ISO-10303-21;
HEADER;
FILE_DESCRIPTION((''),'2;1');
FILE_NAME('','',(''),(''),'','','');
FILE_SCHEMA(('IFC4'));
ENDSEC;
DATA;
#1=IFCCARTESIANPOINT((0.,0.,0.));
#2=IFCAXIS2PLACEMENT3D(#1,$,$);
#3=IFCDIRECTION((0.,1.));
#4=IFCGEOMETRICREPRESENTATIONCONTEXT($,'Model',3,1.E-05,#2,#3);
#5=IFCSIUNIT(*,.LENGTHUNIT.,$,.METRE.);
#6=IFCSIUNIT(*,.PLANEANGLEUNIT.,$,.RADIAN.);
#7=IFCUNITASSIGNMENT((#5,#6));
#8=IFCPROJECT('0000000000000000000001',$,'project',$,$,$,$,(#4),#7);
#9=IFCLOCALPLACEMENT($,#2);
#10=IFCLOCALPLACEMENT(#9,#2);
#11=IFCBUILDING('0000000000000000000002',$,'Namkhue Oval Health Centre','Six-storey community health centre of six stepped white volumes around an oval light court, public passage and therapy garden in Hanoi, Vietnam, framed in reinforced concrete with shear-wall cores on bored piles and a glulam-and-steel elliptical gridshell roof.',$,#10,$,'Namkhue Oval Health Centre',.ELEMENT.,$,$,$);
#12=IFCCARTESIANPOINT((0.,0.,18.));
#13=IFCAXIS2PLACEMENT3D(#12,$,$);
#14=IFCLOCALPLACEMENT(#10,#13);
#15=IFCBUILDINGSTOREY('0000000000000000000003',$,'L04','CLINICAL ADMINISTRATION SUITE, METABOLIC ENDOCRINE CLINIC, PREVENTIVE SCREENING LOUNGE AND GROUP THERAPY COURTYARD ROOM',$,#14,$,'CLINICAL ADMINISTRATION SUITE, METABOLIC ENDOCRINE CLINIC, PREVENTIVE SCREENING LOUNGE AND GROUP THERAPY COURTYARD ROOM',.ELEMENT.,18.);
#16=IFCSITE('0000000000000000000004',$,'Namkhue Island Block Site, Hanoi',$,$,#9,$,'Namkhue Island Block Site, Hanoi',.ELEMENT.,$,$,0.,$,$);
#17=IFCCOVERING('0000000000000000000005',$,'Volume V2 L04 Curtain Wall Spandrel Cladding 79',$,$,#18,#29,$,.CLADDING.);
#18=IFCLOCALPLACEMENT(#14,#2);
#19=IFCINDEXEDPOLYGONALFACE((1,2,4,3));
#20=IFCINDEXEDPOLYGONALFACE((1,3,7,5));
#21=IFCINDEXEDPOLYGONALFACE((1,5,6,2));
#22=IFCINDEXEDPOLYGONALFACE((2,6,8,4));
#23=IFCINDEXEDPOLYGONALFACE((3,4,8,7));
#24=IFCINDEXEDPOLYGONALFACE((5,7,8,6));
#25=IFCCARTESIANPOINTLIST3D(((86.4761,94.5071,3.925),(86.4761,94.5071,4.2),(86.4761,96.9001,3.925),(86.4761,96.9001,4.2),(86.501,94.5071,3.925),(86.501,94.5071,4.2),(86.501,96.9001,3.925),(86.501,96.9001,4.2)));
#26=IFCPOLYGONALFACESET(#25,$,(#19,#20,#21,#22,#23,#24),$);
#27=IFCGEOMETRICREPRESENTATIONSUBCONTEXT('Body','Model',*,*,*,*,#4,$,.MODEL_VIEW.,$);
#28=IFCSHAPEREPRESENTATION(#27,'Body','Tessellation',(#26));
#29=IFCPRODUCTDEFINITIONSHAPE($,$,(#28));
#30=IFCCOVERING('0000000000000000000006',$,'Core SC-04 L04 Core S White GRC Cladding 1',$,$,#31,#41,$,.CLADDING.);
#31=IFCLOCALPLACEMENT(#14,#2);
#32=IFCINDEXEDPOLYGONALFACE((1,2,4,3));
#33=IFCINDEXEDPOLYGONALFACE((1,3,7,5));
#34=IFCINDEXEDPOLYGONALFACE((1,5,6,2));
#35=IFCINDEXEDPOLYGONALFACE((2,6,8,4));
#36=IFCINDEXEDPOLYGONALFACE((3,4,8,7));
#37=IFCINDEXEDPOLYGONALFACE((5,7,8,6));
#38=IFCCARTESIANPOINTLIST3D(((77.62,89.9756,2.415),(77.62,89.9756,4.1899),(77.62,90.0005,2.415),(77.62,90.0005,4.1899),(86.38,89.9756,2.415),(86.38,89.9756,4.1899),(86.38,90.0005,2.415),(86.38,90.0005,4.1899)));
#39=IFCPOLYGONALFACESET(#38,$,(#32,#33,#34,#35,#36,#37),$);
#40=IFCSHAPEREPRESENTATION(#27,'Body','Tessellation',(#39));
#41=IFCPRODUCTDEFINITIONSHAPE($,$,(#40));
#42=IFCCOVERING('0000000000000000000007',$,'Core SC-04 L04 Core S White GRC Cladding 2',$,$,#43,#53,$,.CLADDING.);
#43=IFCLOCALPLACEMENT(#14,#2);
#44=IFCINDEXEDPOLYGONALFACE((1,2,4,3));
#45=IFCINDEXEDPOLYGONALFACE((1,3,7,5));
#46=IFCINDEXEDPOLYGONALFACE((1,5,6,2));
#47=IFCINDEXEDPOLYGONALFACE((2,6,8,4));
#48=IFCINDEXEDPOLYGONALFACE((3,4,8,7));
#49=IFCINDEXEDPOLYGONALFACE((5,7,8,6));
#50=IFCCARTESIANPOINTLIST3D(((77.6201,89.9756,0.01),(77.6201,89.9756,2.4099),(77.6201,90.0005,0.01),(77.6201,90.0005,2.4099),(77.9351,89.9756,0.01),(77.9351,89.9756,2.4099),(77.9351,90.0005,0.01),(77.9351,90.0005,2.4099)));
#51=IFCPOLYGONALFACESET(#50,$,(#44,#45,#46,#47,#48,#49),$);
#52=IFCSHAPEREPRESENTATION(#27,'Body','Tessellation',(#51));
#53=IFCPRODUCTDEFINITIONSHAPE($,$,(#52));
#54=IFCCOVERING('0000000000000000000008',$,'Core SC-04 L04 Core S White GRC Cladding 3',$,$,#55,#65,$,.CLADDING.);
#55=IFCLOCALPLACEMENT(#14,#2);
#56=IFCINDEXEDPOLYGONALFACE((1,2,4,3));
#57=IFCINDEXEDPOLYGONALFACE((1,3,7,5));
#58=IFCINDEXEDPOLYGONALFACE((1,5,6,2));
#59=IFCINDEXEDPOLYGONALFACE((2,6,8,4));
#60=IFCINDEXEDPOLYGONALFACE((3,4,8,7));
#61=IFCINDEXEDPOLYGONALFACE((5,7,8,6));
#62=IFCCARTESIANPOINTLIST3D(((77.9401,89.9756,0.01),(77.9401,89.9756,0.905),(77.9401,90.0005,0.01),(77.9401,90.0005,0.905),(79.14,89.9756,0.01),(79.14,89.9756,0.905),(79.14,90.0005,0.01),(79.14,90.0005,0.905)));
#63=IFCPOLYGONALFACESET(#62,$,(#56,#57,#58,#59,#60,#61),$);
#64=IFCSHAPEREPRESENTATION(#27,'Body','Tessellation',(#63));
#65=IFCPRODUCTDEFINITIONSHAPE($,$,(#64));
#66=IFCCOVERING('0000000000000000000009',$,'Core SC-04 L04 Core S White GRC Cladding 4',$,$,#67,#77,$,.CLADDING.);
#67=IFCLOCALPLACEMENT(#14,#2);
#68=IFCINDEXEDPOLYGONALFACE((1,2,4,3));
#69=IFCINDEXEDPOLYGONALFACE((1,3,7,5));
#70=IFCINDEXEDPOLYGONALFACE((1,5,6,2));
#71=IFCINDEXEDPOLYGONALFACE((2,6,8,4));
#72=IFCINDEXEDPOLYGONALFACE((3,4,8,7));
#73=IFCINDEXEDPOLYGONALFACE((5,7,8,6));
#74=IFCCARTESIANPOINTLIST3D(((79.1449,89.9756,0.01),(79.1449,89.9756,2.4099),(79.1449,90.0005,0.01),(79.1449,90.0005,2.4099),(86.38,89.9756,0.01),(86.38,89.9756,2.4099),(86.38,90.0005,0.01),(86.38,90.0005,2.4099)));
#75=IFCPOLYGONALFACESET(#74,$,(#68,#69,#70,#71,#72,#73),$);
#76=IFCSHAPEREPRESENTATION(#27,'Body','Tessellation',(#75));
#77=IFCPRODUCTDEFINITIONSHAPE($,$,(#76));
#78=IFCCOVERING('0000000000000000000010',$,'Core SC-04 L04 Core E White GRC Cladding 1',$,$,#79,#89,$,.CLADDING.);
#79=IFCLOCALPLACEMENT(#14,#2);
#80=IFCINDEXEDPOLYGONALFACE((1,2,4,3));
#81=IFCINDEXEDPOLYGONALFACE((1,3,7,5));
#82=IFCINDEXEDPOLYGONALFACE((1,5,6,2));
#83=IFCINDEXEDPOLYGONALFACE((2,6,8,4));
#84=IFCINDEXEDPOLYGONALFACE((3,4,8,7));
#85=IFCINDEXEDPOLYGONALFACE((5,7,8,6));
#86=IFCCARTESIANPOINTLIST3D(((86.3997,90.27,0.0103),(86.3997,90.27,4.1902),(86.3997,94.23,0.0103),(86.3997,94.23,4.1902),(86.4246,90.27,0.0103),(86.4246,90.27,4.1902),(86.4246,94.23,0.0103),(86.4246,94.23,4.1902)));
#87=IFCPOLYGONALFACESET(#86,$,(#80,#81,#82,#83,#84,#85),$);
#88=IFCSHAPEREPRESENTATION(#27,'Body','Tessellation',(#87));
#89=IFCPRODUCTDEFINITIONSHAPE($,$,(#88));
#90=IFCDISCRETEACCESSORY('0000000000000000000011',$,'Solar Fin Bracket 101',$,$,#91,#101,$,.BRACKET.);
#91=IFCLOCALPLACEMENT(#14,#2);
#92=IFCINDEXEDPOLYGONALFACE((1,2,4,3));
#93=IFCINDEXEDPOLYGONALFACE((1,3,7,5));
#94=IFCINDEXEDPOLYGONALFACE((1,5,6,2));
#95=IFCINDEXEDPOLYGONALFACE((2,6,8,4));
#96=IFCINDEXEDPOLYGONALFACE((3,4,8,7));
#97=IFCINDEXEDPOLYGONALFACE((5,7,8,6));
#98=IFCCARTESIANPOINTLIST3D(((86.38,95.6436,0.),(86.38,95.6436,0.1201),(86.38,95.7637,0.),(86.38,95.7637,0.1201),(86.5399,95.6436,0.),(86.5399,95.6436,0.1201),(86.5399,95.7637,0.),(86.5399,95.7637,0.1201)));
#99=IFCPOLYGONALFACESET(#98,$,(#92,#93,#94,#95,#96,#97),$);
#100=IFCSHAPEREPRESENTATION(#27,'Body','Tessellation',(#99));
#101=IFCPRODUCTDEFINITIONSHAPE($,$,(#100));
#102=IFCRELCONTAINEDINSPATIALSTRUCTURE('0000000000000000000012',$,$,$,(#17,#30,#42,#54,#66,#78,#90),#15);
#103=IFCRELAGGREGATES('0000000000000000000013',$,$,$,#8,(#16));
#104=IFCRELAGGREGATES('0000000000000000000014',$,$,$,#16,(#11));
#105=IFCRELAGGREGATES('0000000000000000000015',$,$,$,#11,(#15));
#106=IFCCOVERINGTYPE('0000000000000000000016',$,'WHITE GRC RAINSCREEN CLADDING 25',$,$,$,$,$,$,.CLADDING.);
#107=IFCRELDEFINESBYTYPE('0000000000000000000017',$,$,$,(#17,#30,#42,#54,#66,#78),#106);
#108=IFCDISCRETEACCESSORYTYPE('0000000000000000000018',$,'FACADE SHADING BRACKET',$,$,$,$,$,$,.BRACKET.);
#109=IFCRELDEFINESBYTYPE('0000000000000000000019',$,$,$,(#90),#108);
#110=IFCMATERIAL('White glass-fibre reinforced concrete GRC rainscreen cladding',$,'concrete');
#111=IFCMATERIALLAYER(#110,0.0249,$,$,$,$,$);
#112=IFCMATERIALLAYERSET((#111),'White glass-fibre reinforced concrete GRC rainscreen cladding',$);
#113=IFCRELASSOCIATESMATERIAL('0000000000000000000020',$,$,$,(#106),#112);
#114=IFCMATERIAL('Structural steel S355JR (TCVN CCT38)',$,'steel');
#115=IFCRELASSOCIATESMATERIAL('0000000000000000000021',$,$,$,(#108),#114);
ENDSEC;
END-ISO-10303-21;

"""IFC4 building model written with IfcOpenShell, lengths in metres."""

from ifc_helpers import new_model, si_unit, direction, frame, origin, origin_2d, place, context, subcontext, project, spatial, rectangle, extrude, material, layer, layer_set, type_object, element, save


model = new_model("IFC4")

# Units and contexts
model_context = context("Model", 3, precision=1e-05, world=origin(), true_north=direction((0.0, 1.0)))
body_context = subcontext(model_context, "Body", "Model", "MODEL_VIEW")
ifc_project = project(units=[si_unit("LENGTHUNIT", "METRE"), si_unit("PLANEANGLEUNIT", "RADIAN")], contexts=[model_context])

# Site, building, storey
site_placement = place(None, origin())
site = spatial("IfcSite", under=ifc_project, at=site_placement, Name="Namkhue Island Block Site, Hanoi", LongName="Namkhue Island Block Site, Hanoi", CompositionType="ELEMENT", RefElevation=0.0)
building_placement = place(site_placement, origin())
building = spatial("IfcBuilding", under=site, at=building_placement, Name="Namkhue Oval Health Centre", Description="Six-storey community health centre of six stepped white volumes around an oval light court, public passage and therapy garden in Hanoi, Vietnam, framed in reinforced concrete with shear-wall cores on bored piles and a glulam-and-steel elliptical gridshell roof.", LongName="Namkhue Oval Health Centre", CompositionType="ELEMENT")
storey_placement = place(building_placement, frame((0.0, 0.0, 18.0)))
storey = spatial("IfcBuildingStorey", under=building, at=storey_placement, Name="L04", Description="CLINICAL ADMINISTRATION SUITE, METABOLIC ENDOCRINE CLINIC, PREVENTIVE SCREENING LOUNGE AND GROUP THERAPY COURTYARD ROOM", LongName="CLINICAL ADMINISTRATION SUITE, METABOLIC ENDOCRINE CLINIC, PREVENTIVE SCREENING LOUNGE AND GROUP THERAPY COURTYARD ROOM", CompositionType="ELEMENT", Elevation=18.0)

# Coverings
ifc_material_1 = material(Name="White glass-fibre reinforced concrete GRC rainscreen cladding", Category="concrete")
ifc_layer_1 = layer(ifc_material_1, 0.0249)
ifc_layer_set_1 = layer_set([ifc_layer_1], Name="White glass-fibre reinforced concrete GRC rainscreen cladding")
covering_type = type_object("IfcCoveringType", Name="WHITE GRC RAINSCREEN CLADDING 25", PredefinedType="CLADDING", material=ifc_layer_set_1)
covering_1_placement = place(storey_placement, frame((86.4885, 95.7036, 3.925), z_axis=(0.0, 0.0, 1.0), x_axis=(0.0, 1.0, 0.0)))
element("IfcCovering", 1, at=covering_1_placement, inside=storey, type_object=covering_type, Name="Volume V2 L04 Curtain Wall Spandrel Cladding 79", PredefinedType="CLADDING", context=body_context, shape_type="SweptSolid", body=[
    extrude(rectangle(XDim=2.3931, YDim=0.0249, at=origin_2d()), origin(), (0.0, 0.0, 1.0), 0.2749),
])
covering_2_placement = place(storey_placement, frame((82.0, 89.988, 2.415), z_axis=(0.0, 0.0, 1.0), x_axis=(1.0, 0.0, 0.0)))
element("IfcCovering", 2, at=covering_2_placement, inside=storey, type_object=covering_type, Name="Core SC-04 L04 Core S White GRC Cladding 1", PredefinedType="CLADDING", context=body_context, shape_type="SweptSolid", body=[
    extrude(rectangle(XDim=8.76, YDim=0.0249, at=origin_2d()), origin(), (0.0, 0.0, 1.0), 1.7749),
])
covering_3_placement = place(storey_placement, frame((77.7776, 89.988, 0.01), z_axis=(0.0, 0.0, 1.0), x_axis=(1.0, 0.0, 0.0)))
element("IfcCovering", 3, at=covering_3_placement, inside=storey, type_object=covering_type, Name="Core SC-04 L04 Core S White GRC Cladding 2", PredefinedType="CLADDING", context=body_context, shape_type="SweptSolid", body=[
    extrude(rectangle(XDim=0.3149, YDim=0.0249, at=origin_2d()), origin(), (0.0, 0.0, 1.0), 2.3999),
])
covering_4_placement = place(storey_placement, frame((78.54, 89.988, 0.01), z_axis=(0.0, 0.0, 1.0), x_axis=(1.0, 0.0, 0.0)))
element("IfcCovering", 4, at=covering_4_placement, inside=storey, type_object=covering_type, Name="Core SC-04 L04 Core S White GRC Cladding 3", PredefinedType="CLADDING", context=body_context, shape_type="SweptSolid", body=[
    extrude(rectangle(XDim=1.2, YDim=0.0249, at=origin_2d()), origin(), (0.0, 0.0, 1.0), 0.895),
])
covering_5_placement = place(storey_placement, frame((82.7625, 89.988, 0.01), z_axis=(0.0, 0.0, 1.0), x_axis=(1.0, 0.0, 0.0)))
element("IfcCovering", 5, at=covering_5_placement, inside=storey, type_object=covering_type, Name="Core SC-04 L04 Core S White GRC Cladding 4", PredefinedType="CLADDING", context=body_context, shape_type="SweptSolid", body=[
    extrude(rectangle(XDim=7.2351, YDim=0.0249, at=origin_2d()), origin(), (0.0, 0.0, 1.0), 2.3999),
])
covering_6_placement = place(storey_placement, frame((86.4121, 92.25, 0.0103), z_axis=(0.0, 0.0, 1.0), x_axis=(0.0, 1.0, 0.0)))
element("IfcCovering", 6, at=covering_6_placement, inside=storey, type_object=covering_type, Name="Core SC-04 L04 Core E White GRC Cladding 1", PredefinedType="CLADDING", context=body_context, shape_type="SweptSolid", body=[
    extrude(rectangle(XDim=3.96, YDim=0.0249, at=origin_2d()), origin(), (0.0, 0.0, 1.0), 4.1799),
])

# Discrete accessory
ifc_material_2 = material(Name="Structural steel S355JR (TCVN CCT38)", Category="steel")
discrete_accessory_type = type_object("IfcDiscreteAccessoryType", Name="FACADE SHADING BRACKET", PredefinedType="BRACKET", material=ifc_material_2)
discrete_accessory_placement = place(storey_placement, frame((86.46, 95.7036, 0.0), z_axis=(0.0, 0.0, 1.0), x_axis=(1.0, 0.0, 0.0)))
element("IfcDiscreteAccessory", 7, at=discrete_accessory_placement, inside=storey, type_object=discrete_accessory_type, Name="Solar Fin Bracket 101", PredefinedType="BRACKET", context=body_context, shape_type="SweptSolid", body=[
    extrude(rectangle(XDim=0.1599, YDim=0.1201, at=origin_2d()), origin(), (0.0, 0.0, 1.0), 0.1201),
])

save(model, "model.ifc")
